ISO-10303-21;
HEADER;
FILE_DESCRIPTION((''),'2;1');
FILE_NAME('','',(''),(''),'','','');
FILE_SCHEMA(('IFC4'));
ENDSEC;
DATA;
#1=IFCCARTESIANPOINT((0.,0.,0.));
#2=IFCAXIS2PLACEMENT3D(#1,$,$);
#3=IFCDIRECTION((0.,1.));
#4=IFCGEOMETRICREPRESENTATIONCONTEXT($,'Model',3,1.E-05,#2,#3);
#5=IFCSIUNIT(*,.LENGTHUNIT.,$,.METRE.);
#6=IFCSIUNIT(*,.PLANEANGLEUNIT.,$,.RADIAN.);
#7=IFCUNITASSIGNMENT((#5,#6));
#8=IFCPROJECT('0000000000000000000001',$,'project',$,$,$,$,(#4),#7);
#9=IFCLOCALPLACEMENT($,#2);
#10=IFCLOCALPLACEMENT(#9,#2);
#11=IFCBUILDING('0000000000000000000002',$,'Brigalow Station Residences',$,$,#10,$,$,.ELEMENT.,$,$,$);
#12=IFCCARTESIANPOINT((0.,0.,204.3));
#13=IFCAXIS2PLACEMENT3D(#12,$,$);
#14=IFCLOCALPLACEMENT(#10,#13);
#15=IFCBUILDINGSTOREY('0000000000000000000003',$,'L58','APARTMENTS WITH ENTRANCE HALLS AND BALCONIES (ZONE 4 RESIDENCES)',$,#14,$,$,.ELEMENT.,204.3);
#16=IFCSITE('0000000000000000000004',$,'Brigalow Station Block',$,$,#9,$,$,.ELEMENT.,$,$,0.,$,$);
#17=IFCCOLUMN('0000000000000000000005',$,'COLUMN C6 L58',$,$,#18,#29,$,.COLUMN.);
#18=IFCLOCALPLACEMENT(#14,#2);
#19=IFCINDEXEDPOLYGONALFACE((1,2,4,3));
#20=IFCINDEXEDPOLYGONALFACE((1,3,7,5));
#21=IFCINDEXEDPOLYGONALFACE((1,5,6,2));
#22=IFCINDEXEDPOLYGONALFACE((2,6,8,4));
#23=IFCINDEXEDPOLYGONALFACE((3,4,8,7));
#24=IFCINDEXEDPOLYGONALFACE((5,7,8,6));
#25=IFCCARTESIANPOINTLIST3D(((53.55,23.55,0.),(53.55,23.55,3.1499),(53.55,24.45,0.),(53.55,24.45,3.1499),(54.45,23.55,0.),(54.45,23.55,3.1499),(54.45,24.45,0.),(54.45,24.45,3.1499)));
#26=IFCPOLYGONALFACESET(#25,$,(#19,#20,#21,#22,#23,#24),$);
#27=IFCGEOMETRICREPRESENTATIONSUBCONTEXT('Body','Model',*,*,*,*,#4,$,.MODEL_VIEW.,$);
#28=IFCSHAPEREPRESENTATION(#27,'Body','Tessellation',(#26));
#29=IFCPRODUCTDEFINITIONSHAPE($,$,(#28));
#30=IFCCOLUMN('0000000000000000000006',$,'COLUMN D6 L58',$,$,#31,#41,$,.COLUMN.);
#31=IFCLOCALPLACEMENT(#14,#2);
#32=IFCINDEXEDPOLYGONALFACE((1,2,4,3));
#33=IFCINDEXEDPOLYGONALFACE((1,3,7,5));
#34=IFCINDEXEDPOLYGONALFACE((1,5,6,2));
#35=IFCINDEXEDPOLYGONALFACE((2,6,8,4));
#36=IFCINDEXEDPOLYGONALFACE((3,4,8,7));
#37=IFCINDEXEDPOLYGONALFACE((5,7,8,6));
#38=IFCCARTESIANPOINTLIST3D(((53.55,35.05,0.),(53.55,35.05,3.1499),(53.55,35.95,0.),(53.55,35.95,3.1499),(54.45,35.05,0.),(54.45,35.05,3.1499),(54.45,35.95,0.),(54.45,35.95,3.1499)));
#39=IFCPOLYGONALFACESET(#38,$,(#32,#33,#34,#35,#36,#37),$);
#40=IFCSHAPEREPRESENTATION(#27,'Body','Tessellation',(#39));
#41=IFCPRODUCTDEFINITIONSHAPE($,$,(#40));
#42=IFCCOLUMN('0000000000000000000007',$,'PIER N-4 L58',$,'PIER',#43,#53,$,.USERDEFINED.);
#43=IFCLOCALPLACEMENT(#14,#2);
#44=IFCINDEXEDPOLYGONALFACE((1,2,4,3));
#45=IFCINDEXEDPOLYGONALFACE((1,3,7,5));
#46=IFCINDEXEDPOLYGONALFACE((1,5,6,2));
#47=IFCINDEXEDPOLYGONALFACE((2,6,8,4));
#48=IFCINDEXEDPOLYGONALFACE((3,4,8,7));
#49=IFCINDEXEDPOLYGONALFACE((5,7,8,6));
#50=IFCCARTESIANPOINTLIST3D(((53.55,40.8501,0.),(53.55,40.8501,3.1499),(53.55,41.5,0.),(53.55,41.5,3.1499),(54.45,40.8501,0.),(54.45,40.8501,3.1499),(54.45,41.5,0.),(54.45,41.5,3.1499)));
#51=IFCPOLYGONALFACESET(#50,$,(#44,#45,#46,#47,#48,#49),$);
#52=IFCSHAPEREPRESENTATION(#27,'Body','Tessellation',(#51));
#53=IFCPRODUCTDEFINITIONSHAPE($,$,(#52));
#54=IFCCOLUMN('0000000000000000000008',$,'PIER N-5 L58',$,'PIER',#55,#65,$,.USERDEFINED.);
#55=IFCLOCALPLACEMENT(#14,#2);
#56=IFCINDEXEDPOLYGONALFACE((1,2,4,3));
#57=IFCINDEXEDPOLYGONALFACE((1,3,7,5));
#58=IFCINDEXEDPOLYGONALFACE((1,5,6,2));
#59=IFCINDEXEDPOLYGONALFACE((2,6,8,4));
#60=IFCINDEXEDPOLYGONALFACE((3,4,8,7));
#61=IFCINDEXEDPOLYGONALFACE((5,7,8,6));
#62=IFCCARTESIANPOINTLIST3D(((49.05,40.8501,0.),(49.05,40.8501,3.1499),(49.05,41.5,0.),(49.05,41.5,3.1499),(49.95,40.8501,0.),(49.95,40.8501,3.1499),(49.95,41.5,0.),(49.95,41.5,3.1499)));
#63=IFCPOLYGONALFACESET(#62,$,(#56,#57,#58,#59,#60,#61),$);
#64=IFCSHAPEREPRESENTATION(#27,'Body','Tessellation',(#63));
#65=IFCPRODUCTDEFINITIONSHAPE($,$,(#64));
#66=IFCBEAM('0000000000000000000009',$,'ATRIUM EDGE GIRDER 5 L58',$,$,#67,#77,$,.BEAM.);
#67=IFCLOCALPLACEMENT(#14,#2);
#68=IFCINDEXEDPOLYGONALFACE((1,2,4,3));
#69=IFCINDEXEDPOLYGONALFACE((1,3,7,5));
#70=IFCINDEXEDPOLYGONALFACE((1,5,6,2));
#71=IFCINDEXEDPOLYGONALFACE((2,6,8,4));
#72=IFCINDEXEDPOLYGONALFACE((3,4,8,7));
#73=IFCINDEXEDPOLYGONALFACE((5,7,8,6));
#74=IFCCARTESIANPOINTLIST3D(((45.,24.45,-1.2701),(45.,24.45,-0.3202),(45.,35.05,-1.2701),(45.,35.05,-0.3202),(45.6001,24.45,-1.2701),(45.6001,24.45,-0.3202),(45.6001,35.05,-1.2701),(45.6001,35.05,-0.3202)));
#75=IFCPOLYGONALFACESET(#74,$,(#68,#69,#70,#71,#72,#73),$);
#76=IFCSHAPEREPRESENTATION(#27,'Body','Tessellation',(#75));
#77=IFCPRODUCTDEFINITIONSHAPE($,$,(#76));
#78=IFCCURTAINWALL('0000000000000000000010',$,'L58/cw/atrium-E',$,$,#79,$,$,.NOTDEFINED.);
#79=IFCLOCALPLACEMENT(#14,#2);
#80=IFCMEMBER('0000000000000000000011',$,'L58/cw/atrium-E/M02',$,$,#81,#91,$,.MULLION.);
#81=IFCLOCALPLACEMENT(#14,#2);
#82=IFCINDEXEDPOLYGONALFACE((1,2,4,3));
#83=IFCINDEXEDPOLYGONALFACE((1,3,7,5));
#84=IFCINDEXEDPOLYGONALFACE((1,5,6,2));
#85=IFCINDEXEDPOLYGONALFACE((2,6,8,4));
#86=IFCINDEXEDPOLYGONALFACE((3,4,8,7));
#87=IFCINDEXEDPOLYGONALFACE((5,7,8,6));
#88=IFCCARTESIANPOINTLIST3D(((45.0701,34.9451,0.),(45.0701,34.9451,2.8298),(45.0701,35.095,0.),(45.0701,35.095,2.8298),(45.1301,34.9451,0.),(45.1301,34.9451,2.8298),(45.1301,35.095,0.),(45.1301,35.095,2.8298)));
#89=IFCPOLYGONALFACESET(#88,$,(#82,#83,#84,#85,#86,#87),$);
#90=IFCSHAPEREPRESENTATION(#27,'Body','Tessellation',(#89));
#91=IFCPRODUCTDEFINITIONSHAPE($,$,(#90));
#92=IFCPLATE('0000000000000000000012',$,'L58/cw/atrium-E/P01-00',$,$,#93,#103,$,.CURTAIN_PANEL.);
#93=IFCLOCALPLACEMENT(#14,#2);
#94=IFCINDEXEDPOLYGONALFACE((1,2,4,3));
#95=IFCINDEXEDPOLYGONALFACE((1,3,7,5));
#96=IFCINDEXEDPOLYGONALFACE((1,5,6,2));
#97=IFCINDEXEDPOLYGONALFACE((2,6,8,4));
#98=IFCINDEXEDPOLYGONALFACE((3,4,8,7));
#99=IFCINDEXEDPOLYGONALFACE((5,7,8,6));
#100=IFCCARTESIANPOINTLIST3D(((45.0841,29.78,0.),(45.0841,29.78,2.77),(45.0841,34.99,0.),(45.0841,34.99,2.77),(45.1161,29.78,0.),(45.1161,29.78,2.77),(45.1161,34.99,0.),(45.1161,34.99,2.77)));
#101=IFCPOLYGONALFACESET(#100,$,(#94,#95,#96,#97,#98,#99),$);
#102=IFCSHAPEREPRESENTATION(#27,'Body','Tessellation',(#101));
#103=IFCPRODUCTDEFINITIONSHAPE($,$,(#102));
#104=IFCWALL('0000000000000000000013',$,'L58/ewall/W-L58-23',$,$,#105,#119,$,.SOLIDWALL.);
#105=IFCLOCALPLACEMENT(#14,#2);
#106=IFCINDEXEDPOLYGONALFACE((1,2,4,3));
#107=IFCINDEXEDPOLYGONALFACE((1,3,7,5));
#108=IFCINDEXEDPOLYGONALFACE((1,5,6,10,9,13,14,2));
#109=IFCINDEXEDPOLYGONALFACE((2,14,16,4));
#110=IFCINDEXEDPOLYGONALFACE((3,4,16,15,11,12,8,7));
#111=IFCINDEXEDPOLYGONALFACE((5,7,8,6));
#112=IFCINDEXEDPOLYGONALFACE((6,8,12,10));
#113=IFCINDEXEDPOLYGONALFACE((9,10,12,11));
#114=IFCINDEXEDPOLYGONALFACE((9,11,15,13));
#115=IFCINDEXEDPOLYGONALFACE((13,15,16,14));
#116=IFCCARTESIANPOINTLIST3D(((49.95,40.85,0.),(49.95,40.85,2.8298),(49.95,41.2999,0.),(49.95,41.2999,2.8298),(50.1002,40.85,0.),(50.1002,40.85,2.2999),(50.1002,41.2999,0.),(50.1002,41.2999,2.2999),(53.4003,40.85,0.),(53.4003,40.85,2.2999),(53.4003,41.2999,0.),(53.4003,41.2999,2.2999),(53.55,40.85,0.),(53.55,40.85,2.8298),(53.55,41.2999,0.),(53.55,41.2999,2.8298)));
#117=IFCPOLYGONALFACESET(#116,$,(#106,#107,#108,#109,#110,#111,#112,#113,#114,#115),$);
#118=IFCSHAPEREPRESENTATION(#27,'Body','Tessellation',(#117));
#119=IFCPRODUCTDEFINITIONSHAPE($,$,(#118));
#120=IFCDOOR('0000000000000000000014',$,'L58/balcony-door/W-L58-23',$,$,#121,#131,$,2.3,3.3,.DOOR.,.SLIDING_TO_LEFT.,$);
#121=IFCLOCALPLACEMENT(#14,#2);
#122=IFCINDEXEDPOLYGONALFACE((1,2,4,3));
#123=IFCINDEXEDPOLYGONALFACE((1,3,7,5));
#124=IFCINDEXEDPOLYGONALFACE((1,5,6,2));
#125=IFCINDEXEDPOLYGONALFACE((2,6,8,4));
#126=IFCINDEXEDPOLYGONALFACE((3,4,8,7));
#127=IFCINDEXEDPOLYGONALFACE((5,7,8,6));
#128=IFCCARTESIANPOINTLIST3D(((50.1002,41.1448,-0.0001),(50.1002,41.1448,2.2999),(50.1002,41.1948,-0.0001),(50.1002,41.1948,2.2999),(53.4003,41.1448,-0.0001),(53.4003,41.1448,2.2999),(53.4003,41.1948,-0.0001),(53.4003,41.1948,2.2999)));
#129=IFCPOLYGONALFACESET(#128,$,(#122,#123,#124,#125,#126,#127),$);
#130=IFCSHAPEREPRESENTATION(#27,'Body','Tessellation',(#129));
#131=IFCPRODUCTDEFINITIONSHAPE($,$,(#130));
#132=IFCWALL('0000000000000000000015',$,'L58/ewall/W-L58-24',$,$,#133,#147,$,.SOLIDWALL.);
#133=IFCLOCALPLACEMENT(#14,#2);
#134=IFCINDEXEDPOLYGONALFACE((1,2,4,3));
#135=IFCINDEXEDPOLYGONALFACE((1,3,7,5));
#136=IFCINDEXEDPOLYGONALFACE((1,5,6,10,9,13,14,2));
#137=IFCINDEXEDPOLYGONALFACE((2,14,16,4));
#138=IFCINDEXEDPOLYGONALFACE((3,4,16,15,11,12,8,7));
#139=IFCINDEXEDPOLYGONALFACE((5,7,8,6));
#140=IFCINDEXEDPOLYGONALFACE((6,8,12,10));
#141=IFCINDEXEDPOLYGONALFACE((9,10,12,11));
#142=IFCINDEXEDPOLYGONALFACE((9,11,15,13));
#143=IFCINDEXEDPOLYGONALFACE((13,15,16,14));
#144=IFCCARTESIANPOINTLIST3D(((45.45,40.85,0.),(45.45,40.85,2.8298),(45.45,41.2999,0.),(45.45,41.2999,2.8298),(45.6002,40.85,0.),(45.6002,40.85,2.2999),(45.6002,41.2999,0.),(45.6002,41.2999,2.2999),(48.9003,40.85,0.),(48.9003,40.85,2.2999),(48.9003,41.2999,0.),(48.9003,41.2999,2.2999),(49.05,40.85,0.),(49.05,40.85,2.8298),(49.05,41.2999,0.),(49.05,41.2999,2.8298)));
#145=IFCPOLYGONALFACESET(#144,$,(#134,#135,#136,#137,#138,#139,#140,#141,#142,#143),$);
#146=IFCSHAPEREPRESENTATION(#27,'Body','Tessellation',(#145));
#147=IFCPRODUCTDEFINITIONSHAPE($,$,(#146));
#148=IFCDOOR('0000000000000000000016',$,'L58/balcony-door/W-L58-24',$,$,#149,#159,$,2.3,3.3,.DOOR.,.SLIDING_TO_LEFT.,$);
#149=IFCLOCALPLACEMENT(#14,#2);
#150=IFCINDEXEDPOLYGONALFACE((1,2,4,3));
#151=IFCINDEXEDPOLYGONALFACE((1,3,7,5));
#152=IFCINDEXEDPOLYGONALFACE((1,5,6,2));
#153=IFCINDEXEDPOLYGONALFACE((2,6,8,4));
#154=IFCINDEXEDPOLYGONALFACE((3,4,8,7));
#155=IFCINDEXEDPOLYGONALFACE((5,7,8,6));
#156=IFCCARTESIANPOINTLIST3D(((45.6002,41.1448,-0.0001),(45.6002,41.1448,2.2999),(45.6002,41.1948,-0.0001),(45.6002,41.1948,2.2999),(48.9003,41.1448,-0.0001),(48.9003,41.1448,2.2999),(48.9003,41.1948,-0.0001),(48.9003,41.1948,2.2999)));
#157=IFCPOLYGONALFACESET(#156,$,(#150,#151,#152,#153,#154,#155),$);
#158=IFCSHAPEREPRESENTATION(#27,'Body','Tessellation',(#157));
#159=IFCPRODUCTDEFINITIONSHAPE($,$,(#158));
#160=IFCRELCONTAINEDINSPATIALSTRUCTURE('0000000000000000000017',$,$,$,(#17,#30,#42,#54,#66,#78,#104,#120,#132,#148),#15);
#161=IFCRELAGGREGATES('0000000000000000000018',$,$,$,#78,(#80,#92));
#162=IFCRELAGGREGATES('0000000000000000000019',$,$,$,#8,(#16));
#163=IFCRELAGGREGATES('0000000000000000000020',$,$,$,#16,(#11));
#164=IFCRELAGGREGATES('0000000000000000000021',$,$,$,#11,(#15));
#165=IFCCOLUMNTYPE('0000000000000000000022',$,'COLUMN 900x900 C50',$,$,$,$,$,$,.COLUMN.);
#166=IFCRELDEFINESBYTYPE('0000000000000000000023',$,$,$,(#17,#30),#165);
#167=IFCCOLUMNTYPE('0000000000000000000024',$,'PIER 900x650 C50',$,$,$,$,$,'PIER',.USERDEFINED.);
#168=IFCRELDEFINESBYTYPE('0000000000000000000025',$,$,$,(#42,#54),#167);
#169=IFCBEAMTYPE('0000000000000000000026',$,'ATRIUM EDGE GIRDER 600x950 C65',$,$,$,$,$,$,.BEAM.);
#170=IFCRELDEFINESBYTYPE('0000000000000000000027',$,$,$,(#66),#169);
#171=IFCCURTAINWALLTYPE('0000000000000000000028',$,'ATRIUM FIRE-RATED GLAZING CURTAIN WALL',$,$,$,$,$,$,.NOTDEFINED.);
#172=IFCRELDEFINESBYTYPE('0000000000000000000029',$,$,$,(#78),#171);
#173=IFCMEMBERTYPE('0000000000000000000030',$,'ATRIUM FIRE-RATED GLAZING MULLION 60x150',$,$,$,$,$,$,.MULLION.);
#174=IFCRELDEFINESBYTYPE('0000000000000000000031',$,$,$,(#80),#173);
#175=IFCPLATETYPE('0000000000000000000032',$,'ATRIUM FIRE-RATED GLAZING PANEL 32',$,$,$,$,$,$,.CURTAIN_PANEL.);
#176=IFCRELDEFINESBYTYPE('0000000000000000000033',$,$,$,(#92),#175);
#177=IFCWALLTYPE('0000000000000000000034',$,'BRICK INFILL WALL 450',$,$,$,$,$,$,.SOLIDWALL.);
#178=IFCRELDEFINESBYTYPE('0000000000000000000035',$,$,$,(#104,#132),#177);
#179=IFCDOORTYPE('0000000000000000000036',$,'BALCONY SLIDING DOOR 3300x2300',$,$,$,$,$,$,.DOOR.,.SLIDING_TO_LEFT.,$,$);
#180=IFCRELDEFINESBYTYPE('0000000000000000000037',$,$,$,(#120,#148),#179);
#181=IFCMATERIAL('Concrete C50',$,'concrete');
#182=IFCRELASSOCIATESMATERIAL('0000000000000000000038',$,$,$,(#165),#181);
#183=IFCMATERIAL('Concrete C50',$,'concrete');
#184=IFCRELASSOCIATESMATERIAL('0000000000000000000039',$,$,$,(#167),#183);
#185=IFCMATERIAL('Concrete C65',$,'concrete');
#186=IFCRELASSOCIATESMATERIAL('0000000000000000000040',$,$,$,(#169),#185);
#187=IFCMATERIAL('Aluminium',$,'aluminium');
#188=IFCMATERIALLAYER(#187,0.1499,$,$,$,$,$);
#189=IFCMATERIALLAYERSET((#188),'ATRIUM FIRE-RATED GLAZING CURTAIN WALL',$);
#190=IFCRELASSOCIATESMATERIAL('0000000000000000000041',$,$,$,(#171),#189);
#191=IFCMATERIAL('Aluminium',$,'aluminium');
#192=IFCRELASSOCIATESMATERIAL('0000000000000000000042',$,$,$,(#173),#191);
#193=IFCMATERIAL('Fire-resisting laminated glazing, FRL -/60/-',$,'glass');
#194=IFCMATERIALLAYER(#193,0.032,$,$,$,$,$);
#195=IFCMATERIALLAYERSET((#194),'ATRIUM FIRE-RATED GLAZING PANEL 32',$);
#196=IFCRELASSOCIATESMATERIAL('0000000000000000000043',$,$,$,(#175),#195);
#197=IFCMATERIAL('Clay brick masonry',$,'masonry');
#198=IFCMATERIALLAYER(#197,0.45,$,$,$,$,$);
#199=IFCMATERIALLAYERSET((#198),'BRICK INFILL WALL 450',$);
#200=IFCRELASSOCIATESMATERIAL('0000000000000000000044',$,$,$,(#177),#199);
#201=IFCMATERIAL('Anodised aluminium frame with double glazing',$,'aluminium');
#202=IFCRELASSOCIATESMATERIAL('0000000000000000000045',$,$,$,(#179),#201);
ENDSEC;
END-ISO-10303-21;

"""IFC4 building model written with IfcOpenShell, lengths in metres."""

from ifc_helpers import new_model, si_unit, direction, frame, frame_2d, origin, origin_2d, place, context, subcontext, project, spatial, rectangle, extrude, material, layer, layer_set, material_profile, profile_set, type_object, element, fill, aggregate, save


model = new_model("IFC4")

# Units and contexts
model_context = context("Model", 3, precision=1e-05, world=origin(), true_north=direction((0.0, 1.0)))
body_context = subcontext(model_context, "Body", "Model", "MODEL_VIEW")
ifc_project = project(units=[si_unit("LENGTHUNIT", "METRE"), si_unit("PLANEANGLEUNIT", "RADIAN")], contexts=[model_context])

# Site, building, storey
site_placement = place(None, origin())
site = spatial("IfcSite", under=ifc_project, at=site_placement, Name="Brigalow Station Block", CompositionType="ELEMENT", RefElevation=0.0)
building_placement = place(site_placement, origin())
building = spatial("IfcBuilding", under=site, at=building_placement, Name="Brigalow Station Residences", CompositionType="ELEMENT")
storey_placement = place(building_placement, frame((0.0, 0.0, 204.3)))
storey = spatial("IfcBuildingStorey", under=building, at=storey_placement, Name="L58", Description="APARTMENTS WITH ENTRANCE HALLS AND BALCONIES (ZONE 4 RESIDENCES)", CompositionType="ELEMENT", Elevation=204.3)

# Columns
ifc_material_1 = material(Name="Concrete C50", Category="concrete")
ifc_material_profile_1 = material_profile(ifc_material_1, rectangle(XDim=0.8999, YDim=0.8999, at=origin_2d()), Name="RC900x900")
ifc_profile_set_1 = profile_set([ifc_material_profile_1], Name="Concrete C50")
column_type_1 = type_object("IfcColumnType", Name="COLUMN 900x900 C50", PredefinedType="COLUMN", material=ifc_profile_set_1)
for number, where, z_axis, x_axis, name in (
    (1, (54.0, 24.0, 0.0), (0.0, 0.0, 1.0), (1.0, 0.0, 0.0), "COLUMN C6 L58"),
    (2, (54.0, 35.5, 0.0), (0.0, 0.0, 1.0), (1.0, 0.0, 0.0), "COLUMN D6 L58"),
):
    element("IfcColumn", number, at=place(storey_placement, frame(where, z_axis=z_axis, x_axis=x_axis)), inside=storey, type_object=column_type_1, Name=name, PredefinedType="COLUMN", context=body_context, shape_type="SweptSolid", body=[
        extrude(rectangle(XDim=0.8999, YDim=0.8999, at=origin_2d()), origin(), (0.0, 0.0, 1.0), 3.1499),
    ])
ifc_material_2 = material(Name="Concrete C50", Category="concrete")
ifc_material_profile_2 = material_profile(ifc_material_2, rectangle(XDim=0.8999, YDim=0.6499, at=origin_2d()), Name="RC900x650")
ifc_profile_set_2 = profile_set([ifc_material_profile_2], Name="Concrete C50")
column_type_2 = type_object("IfcColumnType", Name="PIER 900x650 C50", ElementType="PIER", PredefinedType="USERDEFINED", material=ifc_profile_set_2)
for number, where, z_axis, x_axis, name in (
    (3, (54.0, 41.175, 0.0), (0.0, 0.0, 1.0), (-1.0, 0.0, 0.0), "PIER N-4 L58"),
    (4, (49.5, 41.175, 0.0), (0.0, 0.0, 1.0), (-1.0, 0.0, 0.0), "PIER N-5 L58"),
):
    element("IfcColumn", number, at=place(storey_placement, frame(where, z_axis=z_axis, x_axis=x_axis)), inside=storey, type_object=column_type_2, Name=name, ObjectType="PIER", PredefinedType="USERDEFINED", context=body_context, shape_type="SweptSolid", body=[
        extrude(rectangle(XDim=0.8999, YDim=0.6499, at=origin_2d()), origin(), (0.0, 0.0, 1.0), 3.1499),
    ])

# Beam
ifc_material_3 = material(Name="Concrete C65", Category="concrete")
ifc_material_profile_3 = material_profile(ifc_material_3, rectangle(XDim=0.6001, YDim=0.95, at=origin_2d()), Name="RC600x950")
ifc_profile_set_3 = profile_set([ifc_material_profile_3], Name="Concrete C65")
beam_type = type_object("IfcBeamType", Name="ATRIUM EDGE GIRDER 600x950 C65", PredefinedType="BEAM", material=ifc_profile_set_3)
beam_placement = place(storey_placement, frame((45.3, 24.45, -0.7952), z_axis=(0.0, 1.0, 0.0), x_axis=(-1.0, 0.0, 0.0)))
element("IfcBeam", 5, at=beam_placement, inside=storey, type_object=beam_type, Name="ATRIUM EDGE GIRDER 5 L58", PredefinedType="BEAM", context=body_context, shape_type="SweptSolid", body=[
    extrude(rectangle(XDim=0.6001, YDim=0.95, at=origin_2d()), origin(), (0.0, 0.0, 1.0), 10.6001),
])

# Curtain wall, member, plate
ifc_material_4 = material(Name="Aluminium", Category="aluminium")
ifc_layer_1 = layer(ifc_material_4, 0.1499)
ifc_layer_set_1 = layer_set([ifc_layer_1], Name="ATRIUM FIRE-RATED GLAZING CURTAIN WALL")
curtain_wall_type = type_object("IfcCurtainWallType", Name="ATRIUM FIRE-RATED GLAZING CURTAIN WALL", PredefinedType="NOTDEFINED", material=ifc_layer_set_1)
curtain_wall_placement = place(storey_placement, origin())
curtain_wall = element("IfcCurtainWall", 6, at=curtain_wall_placement, inside=storey, type_object=curtain_wall_type, Name="L58/cw/atrium-E", PredefinedType="NOTDEFINED")
ifc_material_5 = material(Name="Aluminium", Category="aluminium")
ifc_material_profile_4 = material_profile(ifc_material_5, rectangle(XDim=0.0601, YDim=0.1499, at=origin_2d()), Name="ATRIUM FIRE-RATED GLAZING MULLION 60x150")
ifc_profile_set_4 = profile_set([ifc_material_profile_4], Name="Aluminium")
member_type = type_object("IfcMemberType", Name="ATRIUM FIRE-RATED GLAZING MULLION 60x150", PredefinedType="MULLION", material=ifc_profile_set_4)
member_placement = place(storey_placement, frame((45.1001, 35.02, 0.0), z_axis=(0.0, 0.0, 1.0), x_axis=(-1.0, 0.0, 0.0)))
member = element("IfcMember", 7, at=member_placement, type_object=member_type, Name="L58/cw/atrium-E/M02", PredefinedType="MULLION", context=body_context, shape_type="SweptSolid", body=[
    extrude(rectangle(XDim=0.0601, YDim=0.1499, at=origin_2d()), origin(), (0.0, 0.0, 1.0), 2.8298),
])
ifc_material_6 = material(Name="Fire-resisting laminated glazing, FRL -/60/-", Category="glass")
ifc_layer_2 = layer(ifc_material_6, 0.032)
ifc_layer_set_2 = layer_set([ifc_layer_2], Name="ATRIUM FIRE-RATED GLAZING PANEL 32")
plate_type = type_object("IfcPlateType", Name="ATRIUM FIRE-RATED GLAZING PANEL 32", PredefinedType="CURTAIN_PANEL", material=ifc_layer_set_2)
plate_placement = place(storey_placement, frame((45.1001, 32.385, 0.0), z_axis=(0.0, 0.0, 1.0), x_axis=(0.0, 1.0, 0.0)))
plate = element("IfcPlate", 8, at=plate_placement, type_object=plate_type, Name="L58/cw/atrium-E/P01-00", PredefinedType="CURTAIN_PANEL", context=body_context, shape_type="SweptSolid", body=[
    extrude(rectangle(XDim=5.21, YDim=0.032, at=origin_2d()), origin(), (0.0, 0.0, 1.0), 2.77),
])
aggregate(curtain_wall, [member, plate])

# Walls, openings, doors
ifc_material_7 = material(Name="Clay brick masonry", Category="masonry")
ifc_layer_3 = layer(ifc_material_7, 0.45)
ifc_layer_set_3 = layer_set([ifc_layer_3], Name="BRICK INFILL WALL 450")
wall_type_1 = type_object("IfcWallType", Name="BRICK INFILL WALL 450", PredefinedType="SOLIDWALL", material=ifc_layer_set_3)
wall_1_placement = place(storey_placement, frame((53.55, 41.075, 0.0), z_axis=(0.0, 0.0, 1.0), x_axis=(-1.0, 0.0, 0.0)))
wall_1 = element("IfcWall", 9, at=wall_1_placement, inside=storey, type_object=wall_type_1, Name="L58/ewall/W-L58-23", PredefinedType="SOLIDWALL", context=body_context, shape_type="SweptSolid", body=[
    extrude(rectangle(XDim=3.6001, YDim=0.45, at=frame_2d((1.8, 0.0))), origin(), (0.0, 0.0, 1.0), 2.8298),
])
opening_1_placement = place(wall_1_placement, frame((0.1499, 0.0, 0.0)))
opening_1 = element("IfcOpeningElement", 10, at=opening_1_placement, cuts=wall_1, PredefinedType="OPENING", context=body_context, shape_type="SweptSolid", body=[
    extrude(rectangle(XDim=3.3, YDim=2.3, at=frame_2d((1.6499, 1.1499))), frame((0.0, 0.2349, 0.0), z_axis=(0.0, -1.0, 0.0), x_axis=(1.0, 0.0, 0.0)), (0.0, 0.0, 1.0), 0.47),
])
ifc_material_8 = material(Name="Anodised aluminium frame with double glazing", Category="aluminium")
door_type_1 = type_object("IfcDoorType", Name="BALCONY SLIDING DOOR 3300x2300", OperationType="SLIDING_TO_LEFT", PredefinedType="DOOR", material=ifc_material_8)
door_1_placement = place(opening_1_placement, origin())
door_1 = element("IfcDoor", 11, at=door_1_placement, inside=storey, type_object=door_type_1, Name="L58/balcony-door/W-L58-23", OperationType="SLIDING_TO_LEFT", OverallHeight=2.3, OverallWidth=3.3, PredefinedType="DOOR", context=body_context, shape_type="SweptSolid", body=[
    extrude(rectangle(XDim=3.3, YDim=2.3, at=frame_2d((1.6499, 1.1499))), frame((0.0, -0.0698, 0.0), z_axis=(0.0, -1.0, 0.0), x_axis=(1.0, 0.0, 0.0)), (0.0, 0.0, 1.0), 0.05),
])
fill(opening_1, door_1)
wall_2_placement = place(storey_placement, frame((49.05, 41.075, 0.0), z_axis=(0.0, 0.0, 1.0), x_axis=(-1.0, 0.0, 0.0)))
wall_2 = element("IfcWall", 12, at=wall_2_placement, inside=storey, type_object=wall_type_1, Name="L58/ewall/W-L58-24", PredefinedType="SOLIDWALL", context=body_context, shape_type="SweptSolid", body=[
    extrude(rectangle(XDim=3.6001, YDim=0.45, at=frame_2d((1.8, 0.0))), origin(), (0.0, 0.0, 1.0), 2.8298),
])
opening_2_placement = place(wall_2_placement, frame((0.1499, 0.0, 0.0)))
opening_2 = element("IfcOpeningElement", 13, at=opening_2_placement, cuts=wall_2, PredefinedType="OPENING", context=body_context, shape_type="SweptSolid", body=[
    extrude(rectangle(XDim=3.3, YDim=2.3, at=frame_2d((1.6499, 1.1499))), frame((0.0, 0.2349, 0.0), z_axis=(0.0, -1.0, 0.0), x_axis=(1.0, 0.0, 0.0)), (0.0, 0.0, 1.0), 0.47),
])
door_2_placement = place(opening_2_placement, origin())
door_2 = element("IfcDoor", 14, at=door_2_placement, inside=storey, type_object=door_type_1, Name="L58/balcony-door/W-L58-24", OperationType="SLIDING_TO_LEFT", OverallHeight=2.3, OverallWidth=3.3, PredefinedType="DOOR", context=body_context, shape_type="SweptSolid", body=[
    extrude(rectangle(XDim=3.3, YDim=2.3, at=frame_2d((1.6499, 1.1499))), frame((0.0, -0.0698, 0.0), z_axis=(0.0, -1.0, 0.0), x_axis=(1.0, 0.0, 0.0)), (0.0, 0.0, 1.0), 0.05),
])
fill(opening_2, door_2)

save(model, "model.ifc")
